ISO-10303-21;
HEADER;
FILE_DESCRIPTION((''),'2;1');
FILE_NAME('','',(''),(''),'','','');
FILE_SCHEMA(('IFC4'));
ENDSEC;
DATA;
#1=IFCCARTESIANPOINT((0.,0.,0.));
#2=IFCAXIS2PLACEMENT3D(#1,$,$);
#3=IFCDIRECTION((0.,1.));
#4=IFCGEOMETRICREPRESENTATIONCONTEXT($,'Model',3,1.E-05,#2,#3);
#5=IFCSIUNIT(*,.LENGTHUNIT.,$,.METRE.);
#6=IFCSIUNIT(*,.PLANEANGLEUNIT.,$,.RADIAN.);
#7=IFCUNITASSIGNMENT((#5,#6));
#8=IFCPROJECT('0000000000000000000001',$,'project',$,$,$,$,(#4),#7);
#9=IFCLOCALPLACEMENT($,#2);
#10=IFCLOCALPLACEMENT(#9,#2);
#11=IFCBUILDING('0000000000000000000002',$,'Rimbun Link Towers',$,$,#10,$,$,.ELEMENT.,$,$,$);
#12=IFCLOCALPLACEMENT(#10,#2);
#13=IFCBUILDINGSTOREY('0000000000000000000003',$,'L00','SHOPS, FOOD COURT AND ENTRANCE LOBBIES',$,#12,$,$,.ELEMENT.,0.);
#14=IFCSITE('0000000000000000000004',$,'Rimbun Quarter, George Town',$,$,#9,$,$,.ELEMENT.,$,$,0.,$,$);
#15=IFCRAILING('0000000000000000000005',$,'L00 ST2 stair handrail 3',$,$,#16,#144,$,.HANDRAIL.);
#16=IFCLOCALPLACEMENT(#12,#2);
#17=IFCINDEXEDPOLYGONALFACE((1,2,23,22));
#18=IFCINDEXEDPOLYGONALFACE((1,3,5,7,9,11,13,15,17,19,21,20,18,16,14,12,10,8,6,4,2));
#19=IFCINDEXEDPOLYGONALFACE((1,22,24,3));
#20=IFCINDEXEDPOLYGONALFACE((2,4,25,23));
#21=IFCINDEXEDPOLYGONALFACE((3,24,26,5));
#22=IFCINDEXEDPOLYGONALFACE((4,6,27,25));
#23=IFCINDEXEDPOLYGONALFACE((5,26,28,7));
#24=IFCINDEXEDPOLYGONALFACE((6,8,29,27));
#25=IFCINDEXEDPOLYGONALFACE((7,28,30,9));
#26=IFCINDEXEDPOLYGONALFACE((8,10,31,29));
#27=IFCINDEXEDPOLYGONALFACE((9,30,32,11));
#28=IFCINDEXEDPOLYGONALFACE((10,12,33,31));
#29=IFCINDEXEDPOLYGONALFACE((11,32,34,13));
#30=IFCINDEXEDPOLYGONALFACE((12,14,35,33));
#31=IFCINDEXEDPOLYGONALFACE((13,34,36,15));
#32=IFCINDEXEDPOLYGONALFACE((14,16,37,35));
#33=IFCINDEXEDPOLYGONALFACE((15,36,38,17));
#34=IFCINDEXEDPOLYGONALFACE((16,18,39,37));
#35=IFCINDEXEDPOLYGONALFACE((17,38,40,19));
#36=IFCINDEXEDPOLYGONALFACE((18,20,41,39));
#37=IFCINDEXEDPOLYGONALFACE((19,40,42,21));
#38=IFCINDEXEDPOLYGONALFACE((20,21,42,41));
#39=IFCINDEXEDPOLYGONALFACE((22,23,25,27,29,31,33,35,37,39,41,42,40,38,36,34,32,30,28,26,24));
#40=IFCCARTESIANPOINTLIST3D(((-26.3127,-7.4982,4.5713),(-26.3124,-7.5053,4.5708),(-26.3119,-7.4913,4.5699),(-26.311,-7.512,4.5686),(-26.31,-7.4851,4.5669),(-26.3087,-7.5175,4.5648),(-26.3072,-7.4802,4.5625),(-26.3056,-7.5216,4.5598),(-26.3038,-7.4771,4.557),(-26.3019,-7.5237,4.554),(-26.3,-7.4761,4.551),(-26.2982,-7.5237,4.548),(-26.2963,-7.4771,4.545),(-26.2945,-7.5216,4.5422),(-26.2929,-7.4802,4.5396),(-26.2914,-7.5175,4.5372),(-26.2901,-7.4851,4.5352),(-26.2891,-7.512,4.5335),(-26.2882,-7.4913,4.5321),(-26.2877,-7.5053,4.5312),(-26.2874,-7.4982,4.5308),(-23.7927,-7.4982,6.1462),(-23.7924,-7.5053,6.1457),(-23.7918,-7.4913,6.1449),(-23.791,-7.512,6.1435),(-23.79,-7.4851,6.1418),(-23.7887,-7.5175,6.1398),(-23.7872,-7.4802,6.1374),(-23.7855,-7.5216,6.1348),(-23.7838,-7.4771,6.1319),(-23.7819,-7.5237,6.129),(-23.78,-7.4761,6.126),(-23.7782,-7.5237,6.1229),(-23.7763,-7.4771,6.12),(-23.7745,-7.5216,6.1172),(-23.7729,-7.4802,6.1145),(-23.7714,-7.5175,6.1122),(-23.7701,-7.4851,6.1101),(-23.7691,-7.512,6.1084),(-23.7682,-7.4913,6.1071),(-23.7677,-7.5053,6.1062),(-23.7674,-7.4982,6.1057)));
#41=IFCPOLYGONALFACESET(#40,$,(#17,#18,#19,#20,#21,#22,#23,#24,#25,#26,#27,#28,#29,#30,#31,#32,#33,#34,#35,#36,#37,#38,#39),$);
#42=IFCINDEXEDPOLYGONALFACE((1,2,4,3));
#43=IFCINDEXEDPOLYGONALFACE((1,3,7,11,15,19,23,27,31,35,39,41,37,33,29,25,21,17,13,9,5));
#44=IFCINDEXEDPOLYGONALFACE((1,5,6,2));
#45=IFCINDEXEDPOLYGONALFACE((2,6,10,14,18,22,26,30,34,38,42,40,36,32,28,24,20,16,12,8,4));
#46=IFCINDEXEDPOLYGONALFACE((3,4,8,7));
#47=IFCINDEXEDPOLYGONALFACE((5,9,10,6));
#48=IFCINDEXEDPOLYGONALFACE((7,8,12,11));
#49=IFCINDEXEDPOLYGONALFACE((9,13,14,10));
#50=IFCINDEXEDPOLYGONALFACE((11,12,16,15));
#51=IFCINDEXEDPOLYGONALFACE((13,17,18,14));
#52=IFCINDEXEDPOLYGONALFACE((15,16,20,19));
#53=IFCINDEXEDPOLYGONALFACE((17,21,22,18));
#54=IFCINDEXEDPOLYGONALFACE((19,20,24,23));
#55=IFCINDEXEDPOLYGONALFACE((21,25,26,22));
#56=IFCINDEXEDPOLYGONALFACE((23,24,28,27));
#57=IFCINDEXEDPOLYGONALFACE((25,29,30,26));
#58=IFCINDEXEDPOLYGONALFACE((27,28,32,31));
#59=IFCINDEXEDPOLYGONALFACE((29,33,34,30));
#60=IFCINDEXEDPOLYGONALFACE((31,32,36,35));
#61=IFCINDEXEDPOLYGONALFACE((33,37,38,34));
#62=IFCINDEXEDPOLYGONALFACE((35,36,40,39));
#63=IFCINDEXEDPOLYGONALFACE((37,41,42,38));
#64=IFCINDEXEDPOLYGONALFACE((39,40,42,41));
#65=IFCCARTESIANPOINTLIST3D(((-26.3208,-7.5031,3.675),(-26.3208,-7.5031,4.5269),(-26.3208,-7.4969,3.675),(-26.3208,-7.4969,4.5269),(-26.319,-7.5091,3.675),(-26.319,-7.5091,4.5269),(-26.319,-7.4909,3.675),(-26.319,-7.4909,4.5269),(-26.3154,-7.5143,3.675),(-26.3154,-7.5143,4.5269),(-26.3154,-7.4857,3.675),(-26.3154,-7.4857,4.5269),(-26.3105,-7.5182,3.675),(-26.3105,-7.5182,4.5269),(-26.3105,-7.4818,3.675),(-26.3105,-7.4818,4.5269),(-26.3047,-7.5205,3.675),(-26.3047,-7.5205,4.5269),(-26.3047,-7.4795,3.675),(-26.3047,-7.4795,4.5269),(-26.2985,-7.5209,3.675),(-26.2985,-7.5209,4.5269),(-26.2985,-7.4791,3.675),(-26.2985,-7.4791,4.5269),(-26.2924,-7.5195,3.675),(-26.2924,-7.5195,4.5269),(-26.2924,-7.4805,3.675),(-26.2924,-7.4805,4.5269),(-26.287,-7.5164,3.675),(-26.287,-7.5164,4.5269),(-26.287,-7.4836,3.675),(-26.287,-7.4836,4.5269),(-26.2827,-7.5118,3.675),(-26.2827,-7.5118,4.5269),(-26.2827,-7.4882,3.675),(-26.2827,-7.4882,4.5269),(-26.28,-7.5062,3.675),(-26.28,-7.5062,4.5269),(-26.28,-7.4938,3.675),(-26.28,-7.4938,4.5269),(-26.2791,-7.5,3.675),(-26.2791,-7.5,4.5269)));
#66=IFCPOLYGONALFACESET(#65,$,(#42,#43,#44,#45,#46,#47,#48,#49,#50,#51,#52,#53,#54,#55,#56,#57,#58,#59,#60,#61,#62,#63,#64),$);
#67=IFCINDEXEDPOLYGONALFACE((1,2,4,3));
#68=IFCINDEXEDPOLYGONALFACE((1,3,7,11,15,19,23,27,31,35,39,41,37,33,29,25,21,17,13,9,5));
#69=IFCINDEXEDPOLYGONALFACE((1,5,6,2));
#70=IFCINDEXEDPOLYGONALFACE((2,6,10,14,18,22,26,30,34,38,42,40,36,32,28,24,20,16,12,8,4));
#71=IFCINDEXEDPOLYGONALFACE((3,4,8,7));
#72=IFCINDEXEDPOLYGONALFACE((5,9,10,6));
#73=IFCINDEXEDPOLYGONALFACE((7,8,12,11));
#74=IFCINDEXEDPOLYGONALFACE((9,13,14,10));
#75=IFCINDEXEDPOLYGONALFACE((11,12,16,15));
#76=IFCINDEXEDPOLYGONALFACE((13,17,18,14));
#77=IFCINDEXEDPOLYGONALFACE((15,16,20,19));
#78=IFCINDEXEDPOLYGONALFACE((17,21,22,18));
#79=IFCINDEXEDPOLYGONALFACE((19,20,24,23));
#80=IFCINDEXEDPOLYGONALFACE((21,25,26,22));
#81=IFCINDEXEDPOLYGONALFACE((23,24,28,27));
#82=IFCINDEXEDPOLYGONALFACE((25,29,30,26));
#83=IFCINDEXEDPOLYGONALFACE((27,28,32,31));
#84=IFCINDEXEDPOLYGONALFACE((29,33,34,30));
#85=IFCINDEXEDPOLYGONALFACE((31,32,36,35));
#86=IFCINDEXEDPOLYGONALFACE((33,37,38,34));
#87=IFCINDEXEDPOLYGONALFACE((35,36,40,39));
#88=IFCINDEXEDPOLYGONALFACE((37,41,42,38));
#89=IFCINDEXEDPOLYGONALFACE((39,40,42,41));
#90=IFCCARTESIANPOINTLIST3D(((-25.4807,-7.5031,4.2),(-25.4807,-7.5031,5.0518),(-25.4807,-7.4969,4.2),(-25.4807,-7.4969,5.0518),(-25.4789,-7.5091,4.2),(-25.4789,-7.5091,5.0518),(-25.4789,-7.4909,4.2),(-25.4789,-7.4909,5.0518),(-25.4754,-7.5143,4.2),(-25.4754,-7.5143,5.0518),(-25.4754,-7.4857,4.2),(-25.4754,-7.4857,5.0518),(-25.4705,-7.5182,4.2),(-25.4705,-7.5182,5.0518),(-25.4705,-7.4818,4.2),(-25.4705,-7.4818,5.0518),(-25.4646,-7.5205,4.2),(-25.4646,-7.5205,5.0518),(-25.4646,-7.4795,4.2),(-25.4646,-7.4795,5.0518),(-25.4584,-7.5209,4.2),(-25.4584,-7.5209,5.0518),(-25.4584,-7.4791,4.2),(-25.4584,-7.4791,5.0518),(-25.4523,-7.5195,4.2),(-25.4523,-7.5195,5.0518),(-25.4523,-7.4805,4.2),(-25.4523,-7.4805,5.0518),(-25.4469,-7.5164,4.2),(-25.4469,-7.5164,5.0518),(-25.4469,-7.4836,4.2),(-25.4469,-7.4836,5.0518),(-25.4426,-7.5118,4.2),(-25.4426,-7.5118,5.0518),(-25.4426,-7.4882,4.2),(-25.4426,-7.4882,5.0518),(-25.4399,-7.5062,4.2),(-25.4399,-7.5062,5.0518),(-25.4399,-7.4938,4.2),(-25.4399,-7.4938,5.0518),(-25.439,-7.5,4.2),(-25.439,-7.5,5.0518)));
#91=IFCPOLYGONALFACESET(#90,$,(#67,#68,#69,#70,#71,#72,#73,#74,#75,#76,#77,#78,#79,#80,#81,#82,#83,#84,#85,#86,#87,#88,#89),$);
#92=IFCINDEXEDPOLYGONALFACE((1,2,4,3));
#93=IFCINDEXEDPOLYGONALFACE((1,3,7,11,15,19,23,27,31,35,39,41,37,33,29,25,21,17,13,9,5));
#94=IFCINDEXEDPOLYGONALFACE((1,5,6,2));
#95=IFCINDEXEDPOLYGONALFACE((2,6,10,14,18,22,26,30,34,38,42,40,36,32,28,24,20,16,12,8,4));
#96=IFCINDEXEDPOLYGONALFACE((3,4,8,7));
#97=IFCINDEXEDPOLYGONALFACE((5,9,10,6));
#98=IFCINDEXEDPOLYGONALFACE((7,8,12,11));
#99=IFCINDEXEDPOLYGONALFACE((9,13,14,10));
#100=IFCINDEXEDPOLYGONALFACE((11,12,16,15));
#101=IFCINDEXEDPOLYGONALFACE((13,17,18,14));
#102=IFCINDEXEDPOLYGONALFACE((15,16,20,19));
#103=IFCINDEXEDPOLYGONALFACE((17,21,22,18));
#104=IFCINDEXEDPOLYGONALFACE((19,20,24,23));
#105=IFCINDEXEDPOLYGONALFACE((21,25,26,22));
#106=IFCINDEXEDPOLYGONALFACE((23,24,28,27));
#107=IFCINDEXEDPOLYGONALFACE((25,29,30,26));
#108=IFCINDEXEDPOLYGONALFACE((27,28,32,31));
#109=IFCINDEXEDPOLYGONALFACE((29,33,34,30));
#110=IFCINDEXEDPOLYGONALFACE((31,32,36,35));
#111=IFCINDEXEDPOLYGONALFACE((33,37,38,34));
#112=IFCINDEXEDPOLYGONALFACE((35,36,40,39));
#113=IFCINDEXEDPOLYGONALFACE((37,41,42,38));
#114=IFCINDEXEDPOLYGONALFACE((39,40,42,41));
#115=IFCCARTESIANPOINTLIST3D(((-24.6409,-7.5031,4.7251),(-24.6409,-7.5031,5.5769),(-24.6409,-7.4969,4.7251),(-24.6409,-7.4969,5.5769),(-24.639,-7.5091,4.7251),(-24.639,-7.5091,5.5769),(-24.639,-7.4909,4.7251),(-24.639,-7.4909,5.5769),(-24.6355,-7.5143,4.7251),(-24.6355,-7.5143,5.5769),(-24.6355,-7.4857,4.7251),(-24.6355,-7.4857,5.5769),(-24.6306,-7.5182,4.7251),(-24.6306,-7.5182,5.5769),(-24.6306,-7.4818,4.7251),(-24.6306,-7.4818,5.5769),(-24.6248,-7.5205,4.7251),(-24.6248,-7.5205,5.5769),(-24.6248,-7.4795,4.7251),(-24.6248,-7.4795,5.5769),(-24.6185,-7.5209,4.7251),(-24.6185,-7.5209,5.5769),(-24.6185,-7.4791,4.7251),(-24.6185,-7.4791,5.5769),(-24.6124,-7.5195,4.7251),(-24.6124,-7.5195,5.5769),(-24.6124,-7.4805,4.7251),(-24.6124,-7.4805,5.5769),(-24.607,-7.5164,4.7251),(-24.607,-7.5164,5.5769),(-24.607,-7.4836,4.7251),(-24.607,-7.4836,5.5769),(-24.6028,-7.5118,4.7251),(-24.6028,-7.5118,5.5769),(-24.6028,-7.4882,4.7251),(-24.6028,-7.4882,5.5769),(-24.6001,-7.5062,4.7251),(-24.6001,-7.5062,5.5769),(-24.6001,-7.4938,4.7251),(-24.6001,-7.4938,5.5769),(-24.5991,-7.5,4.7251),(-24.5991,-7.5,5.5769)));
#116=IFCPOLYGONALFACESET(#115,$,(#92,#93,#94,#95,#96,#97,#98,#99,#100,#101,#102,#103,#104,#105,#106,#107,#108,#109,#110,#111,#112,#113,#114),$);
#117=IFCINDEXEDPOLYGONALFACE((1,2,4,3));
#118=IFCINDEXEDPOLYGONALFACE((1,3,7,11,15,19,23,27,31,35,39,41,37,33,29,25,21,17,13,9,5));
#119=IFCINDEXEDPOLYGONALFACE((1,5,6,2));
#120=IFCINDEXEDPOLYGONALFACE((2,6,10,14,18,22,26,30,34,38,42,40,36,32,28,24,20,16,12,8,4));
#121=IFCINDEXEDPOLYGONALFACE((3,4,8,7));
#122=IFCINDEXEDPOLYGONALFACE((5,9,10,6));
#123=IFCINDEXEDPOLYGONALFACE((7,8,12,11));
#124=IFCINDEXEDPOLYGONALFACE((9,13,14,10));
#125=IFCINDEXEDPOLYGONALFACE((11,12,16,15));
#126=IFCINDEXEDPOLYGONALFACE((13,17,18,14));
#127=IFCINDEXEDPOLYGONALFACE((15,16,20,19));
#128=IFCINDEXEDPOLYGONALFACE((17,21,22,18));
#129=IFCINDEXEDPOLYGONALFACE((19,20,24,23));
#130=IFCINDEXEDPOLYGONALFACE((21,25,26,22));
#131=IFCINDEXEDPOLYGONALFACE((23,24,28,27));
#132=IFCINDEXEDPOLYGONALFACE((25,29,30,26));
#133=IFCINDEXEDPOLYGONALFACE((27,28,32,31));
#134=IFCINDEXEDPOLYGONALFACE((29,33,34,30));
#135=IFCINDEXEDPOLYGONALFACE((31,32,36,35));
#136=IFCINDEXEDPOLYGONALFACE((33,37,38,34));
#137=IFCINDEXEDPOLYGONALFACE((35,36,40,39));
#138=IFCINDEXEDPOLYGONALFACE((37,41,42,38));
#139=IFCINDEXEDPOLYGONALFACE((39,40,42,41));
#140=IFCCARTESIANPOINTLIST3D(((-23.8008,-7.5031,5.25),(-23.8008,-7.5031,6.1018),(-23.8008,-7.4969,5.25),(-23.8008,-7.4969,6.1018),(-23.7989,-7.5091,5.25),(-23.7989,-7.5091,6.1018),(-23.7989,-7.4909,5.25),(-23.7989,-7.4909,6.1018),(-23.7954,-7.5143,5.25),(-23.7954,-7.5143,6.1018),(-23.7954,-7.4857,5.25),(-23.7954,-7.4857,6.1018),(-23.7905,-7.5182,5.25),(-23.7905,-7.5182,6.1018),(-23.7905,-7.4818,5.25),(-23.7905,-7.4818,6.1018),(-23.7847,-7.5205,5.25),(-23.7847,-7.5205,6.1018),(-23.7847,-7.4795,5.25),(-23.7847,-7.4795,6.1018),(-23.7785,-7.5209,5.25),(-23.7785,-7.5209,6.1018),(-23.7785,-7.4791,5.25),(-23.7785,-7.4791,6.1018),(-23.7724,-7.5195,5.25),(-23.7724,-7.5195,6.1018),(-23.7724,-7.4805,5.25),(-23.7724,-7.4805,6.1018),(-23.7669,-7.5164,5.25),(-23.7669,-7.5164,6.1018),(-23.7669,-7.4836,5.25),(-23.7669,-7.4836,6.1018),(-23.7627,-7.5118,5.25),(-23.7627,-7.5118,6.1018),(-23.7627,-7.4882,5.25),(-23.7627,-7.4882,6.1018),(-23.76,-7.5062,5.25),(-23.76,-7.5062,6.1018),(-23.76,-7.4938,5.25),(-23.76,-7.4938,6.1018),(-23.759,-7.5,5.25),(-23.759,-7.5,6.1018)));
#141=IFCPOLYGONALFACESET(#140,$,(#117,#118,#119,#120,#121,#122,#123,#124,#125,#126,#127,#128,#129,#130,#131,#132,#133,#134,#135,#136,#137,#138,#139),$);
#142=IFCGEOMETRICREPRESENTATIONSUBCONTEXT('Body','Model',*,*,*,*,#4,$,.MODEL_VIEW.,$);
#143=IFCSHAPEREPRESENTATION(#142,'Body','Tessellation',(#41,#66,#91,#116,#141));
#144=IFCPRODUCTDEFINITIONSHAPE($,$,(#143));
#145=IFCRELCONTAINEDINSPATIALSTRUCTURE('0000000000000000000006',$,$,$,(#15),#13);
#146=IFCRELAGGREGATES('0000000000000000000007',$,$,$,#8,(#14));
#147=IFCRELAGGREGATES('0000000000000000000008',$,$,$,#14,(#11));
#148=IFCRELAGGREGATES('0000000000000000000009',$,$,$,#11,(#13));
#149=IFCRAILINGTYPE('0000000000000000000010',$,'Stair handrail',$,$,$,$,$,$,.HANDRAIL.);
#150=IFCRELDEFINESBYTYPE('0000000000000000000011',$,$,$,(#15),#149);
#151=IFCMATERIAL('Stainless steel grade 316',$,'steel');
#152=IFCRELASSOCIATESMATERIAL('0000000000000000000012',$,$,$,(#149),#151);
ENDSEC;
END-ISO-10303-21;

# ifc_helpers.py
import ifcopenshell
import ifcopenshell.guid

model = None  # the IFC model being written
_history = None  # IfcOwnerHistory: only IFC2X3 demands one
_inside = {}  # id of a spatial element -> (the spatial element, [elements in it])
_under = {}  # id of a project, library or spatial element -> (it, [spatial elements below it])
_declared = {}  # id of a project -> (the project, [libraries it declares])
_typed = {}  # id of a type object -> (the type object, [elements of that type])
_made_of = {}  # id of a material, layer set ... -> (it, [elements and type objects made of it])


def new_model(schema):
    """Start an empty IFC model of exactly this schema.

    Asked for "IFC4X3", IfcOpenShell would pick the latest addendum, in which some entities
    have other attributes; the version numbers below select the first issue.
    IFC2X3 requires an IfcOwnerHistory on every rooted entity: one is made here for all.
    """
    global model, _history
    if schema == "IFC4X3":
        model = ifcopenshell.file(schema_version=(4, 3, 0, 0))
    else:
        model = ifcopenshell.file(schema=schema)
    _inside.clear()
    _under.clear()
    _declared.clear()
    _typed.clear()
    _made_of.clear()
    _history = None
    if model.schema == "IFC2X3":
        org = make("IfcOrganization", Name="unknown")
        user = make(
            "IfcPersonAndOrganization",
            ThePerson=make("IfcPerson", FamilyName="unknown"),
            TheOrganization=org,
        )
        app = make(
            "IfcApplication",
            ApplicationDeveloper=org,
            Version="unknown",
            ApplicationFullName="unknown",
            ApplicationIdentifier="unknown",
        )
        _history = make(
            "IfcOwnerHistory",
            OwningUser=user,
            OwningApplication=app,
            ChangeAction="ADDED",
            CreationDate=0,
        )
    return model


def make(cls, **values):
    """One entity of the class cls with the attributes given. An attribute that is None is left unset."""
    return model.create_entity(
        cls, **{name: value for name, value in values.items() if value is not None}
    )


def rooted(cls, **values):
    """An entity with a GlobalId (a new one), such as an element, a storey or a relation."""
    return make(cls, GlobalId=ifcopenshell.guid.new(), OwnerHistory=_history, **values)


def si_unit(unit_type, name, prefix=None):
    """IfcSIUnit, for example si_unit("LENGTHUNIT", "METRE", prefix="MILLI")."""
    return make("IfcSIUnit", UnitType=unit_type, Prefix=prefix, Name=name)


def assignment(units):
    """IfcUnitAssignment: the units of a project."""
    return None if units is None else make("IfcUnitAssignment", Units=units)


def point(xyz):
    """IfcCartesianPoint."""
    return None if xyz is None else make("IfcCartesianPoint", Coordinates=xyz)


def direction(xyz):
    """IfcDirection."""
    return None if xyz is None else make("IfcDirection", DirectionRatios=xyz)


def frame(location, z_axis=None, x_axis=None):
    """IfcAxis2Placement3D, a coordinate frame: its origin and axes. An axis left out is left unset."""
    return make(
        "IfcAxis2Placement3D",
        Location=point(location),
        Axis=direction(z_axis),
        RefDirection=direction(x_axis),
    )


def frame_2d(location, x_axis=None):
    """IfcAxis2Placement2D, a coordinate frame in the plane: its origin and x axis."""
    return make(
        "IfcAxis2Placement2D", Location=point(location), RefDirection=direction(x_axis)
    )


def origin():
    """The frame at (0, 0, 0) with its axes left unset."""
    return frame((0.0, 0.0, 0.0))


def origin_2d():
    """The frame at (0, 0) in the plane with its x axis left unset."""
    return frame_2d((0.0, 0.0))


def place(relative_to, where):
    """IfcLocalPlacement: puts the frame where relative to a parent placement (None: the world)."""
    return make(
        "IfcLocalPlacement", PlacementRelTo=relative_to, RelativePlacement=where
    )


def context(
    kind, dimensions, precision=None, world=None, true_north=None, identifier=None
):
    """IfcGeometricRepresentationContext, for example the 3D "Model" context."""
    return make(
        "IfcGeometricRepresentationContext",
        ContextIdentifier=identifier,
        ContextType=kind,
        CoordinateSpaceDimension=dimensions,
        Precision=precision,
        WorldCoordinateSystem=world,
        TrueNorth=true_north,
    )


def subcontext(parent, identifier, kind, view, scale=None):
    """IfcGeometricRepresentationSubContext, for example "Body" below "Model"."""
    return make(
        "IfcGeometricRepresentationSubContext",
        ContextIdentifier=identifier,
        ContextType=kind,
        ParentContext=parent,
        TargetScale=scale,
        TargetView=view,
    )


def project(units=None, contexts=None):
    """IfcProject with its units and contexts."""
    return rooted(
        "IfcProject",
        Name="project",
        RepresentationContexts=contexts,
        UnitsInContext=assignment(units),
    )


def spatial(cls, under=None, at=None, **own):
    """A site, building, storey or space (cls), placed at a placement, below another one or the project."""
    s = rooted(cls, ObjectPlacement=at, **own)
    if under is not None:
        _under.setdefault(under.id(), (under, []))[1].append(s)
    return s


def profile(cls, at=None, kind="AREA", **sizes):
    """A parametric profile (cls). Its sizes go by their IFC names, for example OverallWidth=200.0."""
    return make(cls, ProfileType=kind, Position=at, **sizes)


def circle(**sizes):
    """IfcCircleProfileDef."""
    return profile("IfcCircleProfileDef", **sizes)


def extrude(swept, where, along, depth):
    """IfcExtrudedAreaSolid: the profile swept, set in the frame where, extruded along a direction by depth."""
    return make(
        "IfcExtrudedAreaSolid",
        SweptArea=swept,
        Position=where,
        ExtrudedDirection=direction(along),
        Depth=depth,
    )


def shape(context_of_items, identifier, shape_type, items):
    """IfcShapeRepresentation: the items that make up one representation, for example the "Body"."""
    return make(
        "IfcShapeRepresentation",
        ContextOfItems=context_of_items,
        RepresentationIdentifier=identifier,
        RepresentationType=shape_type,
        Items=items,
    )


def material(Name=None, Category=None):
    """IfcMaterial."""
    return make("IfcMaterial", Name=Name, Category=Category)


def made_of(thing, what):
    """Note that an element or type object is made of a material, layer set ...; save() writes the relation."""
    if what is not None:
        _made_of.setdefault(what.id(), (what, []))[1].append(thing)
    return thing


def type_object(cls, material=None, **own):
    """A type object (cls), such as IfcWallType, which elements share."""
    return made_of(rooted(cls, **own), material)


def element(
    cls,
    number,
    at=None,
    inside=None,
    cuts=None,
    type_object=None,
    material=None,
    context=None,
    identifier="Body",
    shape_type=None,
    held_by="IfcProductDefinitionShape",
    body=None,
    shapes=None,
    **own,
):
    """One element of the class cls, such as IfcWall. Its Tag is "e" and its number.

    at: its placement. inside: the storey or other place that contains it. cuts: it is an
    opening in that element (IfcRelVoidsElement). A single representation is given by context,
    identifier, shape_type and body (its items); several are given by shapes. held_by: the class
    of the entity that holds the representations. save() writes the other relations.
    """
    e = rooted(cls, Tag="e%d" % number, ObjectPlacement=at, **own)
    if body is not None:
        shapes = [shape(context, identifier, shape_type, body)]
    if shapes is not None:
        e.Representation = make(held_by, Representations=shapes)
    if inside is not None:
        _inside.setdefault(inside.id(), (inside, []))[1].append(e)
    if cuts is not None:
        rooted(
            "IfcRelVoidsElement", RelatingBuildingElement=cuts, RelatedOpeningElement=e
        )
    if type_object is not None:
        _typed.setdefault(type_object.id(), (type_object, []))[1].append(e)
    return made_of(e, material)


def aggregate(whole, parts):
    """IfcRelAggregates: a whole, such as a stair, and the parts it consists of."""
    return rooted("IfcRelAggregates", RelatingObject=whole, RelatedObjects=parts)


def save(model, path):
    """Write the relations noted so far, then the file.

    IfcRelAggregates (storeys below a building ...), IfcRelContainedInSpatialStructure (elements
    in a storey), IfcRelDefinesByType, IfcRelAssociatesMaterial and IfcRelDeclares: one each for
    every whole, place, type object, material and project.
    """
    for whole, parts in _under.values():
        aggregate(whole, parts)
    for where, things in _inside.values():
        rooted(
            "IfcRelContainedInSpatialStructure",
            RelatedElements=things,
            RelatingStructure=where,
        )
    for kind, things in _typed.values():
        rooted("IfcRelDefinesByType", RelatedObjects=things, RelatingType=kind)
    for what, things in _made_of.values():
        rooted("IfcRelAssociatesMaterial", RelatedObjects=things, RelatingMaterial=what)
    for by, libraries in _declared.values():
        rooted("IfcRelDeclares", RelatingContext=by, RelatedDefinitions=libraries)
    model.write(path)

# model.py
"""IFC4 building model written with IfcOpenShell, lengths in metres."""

from ifc_helpers import new_model, si_unit, direction, frame, origin, origin_2d, place, context, subcontext, project, spatial, circle, extrude, material, type_object, element, save


model = new_model("IFC4")

# Units and contexts
model_context = context("Model", 3, precision=1e-05, world=origin(), true_north=direction((0.0, 1.0)))
body_context = subcontext(model_context, "Body", "Model", "MODEL_VIEW")
ifc_project = project(units=[si_unit("LENGTHUNIT", "METRE"), si_unit("PLANEANGLEUNIT", "RADIAN")], contexts=[model_context])

# Site, building, storey
site_placement = place(None, origin())
site = spatial("IfcSite", under=ifc_project, at=site_placement, Name="Rimbun Quarter, George Town", CompositionType="ELEMENT", RefElevation=0.0)
building_placement = place(site_placement, origin())
building = spatial("IfcBuilding", under=site, at=building_placement, Name="Rimbun Link Towers", CompositionType="ELEMENT")
storey_placement = place(building_placement, origin())
storey = spatial("IfcBuildingStorey", under=building, at=storey_placement, Name="L00", Description="SHOPS, FOOD COURT AND ENTRANCE LOBBIES", CompositionType="ELEMENT", Elevation=0.0)

# Railing
ifc_material_1 = material(Name="Stainless steel grade 316", Category="steel")
railing_type_1 = type_object("IfcRailingType", Name="Stair handrail", PredefinedType="HANDRAIL", material=ifc_material_1)
for number, where, name in (
    (1, (-26.3, -7.5, 3.675), "L00 ST2 stair handrail 3"),
):
    element("IfcRailing", number, at=place(storey_placement, frame(where)), inside=storey, type_object=railing_type_1, Name=name, PredefinedType="HANDRAIL", context=body_context, shape_type="SweptSolid", body=[
        extrude(circle(Radius=0.0239, at=origin_2d()), frame((0.0, 0.0, 0.876), z_axis=(0.848008, 0.0, 0.529984), x_axis=(0.0, 1.0, 0.0)), (0.0, 0.0, 1.0), 2.9717),
        extrude(circle(Radius=0.021, at=origin_2d()), origin(), (0.0, 0.0, 1.0), 0.8518),
        extrude(circle(Radius=0.021, at=origin_2d()), frame((0.8401, 0.0, 0.5249)), (0.0, 0.0, 1.0), 0.8518),
        extrude(circle(Radius=0.021, at=origin_2d()), frame((1.6799, 0.0, 1.05)), (0.0, 0.0, 1.0), 0.8518),
        extrude(circle(Radius=0.021, at=origin_2d()), frame((2.52, 0.0, 1.575)), (0.0, 0.0, 1.0), 0.8518),
    ])

save(model, "model.ifc")
